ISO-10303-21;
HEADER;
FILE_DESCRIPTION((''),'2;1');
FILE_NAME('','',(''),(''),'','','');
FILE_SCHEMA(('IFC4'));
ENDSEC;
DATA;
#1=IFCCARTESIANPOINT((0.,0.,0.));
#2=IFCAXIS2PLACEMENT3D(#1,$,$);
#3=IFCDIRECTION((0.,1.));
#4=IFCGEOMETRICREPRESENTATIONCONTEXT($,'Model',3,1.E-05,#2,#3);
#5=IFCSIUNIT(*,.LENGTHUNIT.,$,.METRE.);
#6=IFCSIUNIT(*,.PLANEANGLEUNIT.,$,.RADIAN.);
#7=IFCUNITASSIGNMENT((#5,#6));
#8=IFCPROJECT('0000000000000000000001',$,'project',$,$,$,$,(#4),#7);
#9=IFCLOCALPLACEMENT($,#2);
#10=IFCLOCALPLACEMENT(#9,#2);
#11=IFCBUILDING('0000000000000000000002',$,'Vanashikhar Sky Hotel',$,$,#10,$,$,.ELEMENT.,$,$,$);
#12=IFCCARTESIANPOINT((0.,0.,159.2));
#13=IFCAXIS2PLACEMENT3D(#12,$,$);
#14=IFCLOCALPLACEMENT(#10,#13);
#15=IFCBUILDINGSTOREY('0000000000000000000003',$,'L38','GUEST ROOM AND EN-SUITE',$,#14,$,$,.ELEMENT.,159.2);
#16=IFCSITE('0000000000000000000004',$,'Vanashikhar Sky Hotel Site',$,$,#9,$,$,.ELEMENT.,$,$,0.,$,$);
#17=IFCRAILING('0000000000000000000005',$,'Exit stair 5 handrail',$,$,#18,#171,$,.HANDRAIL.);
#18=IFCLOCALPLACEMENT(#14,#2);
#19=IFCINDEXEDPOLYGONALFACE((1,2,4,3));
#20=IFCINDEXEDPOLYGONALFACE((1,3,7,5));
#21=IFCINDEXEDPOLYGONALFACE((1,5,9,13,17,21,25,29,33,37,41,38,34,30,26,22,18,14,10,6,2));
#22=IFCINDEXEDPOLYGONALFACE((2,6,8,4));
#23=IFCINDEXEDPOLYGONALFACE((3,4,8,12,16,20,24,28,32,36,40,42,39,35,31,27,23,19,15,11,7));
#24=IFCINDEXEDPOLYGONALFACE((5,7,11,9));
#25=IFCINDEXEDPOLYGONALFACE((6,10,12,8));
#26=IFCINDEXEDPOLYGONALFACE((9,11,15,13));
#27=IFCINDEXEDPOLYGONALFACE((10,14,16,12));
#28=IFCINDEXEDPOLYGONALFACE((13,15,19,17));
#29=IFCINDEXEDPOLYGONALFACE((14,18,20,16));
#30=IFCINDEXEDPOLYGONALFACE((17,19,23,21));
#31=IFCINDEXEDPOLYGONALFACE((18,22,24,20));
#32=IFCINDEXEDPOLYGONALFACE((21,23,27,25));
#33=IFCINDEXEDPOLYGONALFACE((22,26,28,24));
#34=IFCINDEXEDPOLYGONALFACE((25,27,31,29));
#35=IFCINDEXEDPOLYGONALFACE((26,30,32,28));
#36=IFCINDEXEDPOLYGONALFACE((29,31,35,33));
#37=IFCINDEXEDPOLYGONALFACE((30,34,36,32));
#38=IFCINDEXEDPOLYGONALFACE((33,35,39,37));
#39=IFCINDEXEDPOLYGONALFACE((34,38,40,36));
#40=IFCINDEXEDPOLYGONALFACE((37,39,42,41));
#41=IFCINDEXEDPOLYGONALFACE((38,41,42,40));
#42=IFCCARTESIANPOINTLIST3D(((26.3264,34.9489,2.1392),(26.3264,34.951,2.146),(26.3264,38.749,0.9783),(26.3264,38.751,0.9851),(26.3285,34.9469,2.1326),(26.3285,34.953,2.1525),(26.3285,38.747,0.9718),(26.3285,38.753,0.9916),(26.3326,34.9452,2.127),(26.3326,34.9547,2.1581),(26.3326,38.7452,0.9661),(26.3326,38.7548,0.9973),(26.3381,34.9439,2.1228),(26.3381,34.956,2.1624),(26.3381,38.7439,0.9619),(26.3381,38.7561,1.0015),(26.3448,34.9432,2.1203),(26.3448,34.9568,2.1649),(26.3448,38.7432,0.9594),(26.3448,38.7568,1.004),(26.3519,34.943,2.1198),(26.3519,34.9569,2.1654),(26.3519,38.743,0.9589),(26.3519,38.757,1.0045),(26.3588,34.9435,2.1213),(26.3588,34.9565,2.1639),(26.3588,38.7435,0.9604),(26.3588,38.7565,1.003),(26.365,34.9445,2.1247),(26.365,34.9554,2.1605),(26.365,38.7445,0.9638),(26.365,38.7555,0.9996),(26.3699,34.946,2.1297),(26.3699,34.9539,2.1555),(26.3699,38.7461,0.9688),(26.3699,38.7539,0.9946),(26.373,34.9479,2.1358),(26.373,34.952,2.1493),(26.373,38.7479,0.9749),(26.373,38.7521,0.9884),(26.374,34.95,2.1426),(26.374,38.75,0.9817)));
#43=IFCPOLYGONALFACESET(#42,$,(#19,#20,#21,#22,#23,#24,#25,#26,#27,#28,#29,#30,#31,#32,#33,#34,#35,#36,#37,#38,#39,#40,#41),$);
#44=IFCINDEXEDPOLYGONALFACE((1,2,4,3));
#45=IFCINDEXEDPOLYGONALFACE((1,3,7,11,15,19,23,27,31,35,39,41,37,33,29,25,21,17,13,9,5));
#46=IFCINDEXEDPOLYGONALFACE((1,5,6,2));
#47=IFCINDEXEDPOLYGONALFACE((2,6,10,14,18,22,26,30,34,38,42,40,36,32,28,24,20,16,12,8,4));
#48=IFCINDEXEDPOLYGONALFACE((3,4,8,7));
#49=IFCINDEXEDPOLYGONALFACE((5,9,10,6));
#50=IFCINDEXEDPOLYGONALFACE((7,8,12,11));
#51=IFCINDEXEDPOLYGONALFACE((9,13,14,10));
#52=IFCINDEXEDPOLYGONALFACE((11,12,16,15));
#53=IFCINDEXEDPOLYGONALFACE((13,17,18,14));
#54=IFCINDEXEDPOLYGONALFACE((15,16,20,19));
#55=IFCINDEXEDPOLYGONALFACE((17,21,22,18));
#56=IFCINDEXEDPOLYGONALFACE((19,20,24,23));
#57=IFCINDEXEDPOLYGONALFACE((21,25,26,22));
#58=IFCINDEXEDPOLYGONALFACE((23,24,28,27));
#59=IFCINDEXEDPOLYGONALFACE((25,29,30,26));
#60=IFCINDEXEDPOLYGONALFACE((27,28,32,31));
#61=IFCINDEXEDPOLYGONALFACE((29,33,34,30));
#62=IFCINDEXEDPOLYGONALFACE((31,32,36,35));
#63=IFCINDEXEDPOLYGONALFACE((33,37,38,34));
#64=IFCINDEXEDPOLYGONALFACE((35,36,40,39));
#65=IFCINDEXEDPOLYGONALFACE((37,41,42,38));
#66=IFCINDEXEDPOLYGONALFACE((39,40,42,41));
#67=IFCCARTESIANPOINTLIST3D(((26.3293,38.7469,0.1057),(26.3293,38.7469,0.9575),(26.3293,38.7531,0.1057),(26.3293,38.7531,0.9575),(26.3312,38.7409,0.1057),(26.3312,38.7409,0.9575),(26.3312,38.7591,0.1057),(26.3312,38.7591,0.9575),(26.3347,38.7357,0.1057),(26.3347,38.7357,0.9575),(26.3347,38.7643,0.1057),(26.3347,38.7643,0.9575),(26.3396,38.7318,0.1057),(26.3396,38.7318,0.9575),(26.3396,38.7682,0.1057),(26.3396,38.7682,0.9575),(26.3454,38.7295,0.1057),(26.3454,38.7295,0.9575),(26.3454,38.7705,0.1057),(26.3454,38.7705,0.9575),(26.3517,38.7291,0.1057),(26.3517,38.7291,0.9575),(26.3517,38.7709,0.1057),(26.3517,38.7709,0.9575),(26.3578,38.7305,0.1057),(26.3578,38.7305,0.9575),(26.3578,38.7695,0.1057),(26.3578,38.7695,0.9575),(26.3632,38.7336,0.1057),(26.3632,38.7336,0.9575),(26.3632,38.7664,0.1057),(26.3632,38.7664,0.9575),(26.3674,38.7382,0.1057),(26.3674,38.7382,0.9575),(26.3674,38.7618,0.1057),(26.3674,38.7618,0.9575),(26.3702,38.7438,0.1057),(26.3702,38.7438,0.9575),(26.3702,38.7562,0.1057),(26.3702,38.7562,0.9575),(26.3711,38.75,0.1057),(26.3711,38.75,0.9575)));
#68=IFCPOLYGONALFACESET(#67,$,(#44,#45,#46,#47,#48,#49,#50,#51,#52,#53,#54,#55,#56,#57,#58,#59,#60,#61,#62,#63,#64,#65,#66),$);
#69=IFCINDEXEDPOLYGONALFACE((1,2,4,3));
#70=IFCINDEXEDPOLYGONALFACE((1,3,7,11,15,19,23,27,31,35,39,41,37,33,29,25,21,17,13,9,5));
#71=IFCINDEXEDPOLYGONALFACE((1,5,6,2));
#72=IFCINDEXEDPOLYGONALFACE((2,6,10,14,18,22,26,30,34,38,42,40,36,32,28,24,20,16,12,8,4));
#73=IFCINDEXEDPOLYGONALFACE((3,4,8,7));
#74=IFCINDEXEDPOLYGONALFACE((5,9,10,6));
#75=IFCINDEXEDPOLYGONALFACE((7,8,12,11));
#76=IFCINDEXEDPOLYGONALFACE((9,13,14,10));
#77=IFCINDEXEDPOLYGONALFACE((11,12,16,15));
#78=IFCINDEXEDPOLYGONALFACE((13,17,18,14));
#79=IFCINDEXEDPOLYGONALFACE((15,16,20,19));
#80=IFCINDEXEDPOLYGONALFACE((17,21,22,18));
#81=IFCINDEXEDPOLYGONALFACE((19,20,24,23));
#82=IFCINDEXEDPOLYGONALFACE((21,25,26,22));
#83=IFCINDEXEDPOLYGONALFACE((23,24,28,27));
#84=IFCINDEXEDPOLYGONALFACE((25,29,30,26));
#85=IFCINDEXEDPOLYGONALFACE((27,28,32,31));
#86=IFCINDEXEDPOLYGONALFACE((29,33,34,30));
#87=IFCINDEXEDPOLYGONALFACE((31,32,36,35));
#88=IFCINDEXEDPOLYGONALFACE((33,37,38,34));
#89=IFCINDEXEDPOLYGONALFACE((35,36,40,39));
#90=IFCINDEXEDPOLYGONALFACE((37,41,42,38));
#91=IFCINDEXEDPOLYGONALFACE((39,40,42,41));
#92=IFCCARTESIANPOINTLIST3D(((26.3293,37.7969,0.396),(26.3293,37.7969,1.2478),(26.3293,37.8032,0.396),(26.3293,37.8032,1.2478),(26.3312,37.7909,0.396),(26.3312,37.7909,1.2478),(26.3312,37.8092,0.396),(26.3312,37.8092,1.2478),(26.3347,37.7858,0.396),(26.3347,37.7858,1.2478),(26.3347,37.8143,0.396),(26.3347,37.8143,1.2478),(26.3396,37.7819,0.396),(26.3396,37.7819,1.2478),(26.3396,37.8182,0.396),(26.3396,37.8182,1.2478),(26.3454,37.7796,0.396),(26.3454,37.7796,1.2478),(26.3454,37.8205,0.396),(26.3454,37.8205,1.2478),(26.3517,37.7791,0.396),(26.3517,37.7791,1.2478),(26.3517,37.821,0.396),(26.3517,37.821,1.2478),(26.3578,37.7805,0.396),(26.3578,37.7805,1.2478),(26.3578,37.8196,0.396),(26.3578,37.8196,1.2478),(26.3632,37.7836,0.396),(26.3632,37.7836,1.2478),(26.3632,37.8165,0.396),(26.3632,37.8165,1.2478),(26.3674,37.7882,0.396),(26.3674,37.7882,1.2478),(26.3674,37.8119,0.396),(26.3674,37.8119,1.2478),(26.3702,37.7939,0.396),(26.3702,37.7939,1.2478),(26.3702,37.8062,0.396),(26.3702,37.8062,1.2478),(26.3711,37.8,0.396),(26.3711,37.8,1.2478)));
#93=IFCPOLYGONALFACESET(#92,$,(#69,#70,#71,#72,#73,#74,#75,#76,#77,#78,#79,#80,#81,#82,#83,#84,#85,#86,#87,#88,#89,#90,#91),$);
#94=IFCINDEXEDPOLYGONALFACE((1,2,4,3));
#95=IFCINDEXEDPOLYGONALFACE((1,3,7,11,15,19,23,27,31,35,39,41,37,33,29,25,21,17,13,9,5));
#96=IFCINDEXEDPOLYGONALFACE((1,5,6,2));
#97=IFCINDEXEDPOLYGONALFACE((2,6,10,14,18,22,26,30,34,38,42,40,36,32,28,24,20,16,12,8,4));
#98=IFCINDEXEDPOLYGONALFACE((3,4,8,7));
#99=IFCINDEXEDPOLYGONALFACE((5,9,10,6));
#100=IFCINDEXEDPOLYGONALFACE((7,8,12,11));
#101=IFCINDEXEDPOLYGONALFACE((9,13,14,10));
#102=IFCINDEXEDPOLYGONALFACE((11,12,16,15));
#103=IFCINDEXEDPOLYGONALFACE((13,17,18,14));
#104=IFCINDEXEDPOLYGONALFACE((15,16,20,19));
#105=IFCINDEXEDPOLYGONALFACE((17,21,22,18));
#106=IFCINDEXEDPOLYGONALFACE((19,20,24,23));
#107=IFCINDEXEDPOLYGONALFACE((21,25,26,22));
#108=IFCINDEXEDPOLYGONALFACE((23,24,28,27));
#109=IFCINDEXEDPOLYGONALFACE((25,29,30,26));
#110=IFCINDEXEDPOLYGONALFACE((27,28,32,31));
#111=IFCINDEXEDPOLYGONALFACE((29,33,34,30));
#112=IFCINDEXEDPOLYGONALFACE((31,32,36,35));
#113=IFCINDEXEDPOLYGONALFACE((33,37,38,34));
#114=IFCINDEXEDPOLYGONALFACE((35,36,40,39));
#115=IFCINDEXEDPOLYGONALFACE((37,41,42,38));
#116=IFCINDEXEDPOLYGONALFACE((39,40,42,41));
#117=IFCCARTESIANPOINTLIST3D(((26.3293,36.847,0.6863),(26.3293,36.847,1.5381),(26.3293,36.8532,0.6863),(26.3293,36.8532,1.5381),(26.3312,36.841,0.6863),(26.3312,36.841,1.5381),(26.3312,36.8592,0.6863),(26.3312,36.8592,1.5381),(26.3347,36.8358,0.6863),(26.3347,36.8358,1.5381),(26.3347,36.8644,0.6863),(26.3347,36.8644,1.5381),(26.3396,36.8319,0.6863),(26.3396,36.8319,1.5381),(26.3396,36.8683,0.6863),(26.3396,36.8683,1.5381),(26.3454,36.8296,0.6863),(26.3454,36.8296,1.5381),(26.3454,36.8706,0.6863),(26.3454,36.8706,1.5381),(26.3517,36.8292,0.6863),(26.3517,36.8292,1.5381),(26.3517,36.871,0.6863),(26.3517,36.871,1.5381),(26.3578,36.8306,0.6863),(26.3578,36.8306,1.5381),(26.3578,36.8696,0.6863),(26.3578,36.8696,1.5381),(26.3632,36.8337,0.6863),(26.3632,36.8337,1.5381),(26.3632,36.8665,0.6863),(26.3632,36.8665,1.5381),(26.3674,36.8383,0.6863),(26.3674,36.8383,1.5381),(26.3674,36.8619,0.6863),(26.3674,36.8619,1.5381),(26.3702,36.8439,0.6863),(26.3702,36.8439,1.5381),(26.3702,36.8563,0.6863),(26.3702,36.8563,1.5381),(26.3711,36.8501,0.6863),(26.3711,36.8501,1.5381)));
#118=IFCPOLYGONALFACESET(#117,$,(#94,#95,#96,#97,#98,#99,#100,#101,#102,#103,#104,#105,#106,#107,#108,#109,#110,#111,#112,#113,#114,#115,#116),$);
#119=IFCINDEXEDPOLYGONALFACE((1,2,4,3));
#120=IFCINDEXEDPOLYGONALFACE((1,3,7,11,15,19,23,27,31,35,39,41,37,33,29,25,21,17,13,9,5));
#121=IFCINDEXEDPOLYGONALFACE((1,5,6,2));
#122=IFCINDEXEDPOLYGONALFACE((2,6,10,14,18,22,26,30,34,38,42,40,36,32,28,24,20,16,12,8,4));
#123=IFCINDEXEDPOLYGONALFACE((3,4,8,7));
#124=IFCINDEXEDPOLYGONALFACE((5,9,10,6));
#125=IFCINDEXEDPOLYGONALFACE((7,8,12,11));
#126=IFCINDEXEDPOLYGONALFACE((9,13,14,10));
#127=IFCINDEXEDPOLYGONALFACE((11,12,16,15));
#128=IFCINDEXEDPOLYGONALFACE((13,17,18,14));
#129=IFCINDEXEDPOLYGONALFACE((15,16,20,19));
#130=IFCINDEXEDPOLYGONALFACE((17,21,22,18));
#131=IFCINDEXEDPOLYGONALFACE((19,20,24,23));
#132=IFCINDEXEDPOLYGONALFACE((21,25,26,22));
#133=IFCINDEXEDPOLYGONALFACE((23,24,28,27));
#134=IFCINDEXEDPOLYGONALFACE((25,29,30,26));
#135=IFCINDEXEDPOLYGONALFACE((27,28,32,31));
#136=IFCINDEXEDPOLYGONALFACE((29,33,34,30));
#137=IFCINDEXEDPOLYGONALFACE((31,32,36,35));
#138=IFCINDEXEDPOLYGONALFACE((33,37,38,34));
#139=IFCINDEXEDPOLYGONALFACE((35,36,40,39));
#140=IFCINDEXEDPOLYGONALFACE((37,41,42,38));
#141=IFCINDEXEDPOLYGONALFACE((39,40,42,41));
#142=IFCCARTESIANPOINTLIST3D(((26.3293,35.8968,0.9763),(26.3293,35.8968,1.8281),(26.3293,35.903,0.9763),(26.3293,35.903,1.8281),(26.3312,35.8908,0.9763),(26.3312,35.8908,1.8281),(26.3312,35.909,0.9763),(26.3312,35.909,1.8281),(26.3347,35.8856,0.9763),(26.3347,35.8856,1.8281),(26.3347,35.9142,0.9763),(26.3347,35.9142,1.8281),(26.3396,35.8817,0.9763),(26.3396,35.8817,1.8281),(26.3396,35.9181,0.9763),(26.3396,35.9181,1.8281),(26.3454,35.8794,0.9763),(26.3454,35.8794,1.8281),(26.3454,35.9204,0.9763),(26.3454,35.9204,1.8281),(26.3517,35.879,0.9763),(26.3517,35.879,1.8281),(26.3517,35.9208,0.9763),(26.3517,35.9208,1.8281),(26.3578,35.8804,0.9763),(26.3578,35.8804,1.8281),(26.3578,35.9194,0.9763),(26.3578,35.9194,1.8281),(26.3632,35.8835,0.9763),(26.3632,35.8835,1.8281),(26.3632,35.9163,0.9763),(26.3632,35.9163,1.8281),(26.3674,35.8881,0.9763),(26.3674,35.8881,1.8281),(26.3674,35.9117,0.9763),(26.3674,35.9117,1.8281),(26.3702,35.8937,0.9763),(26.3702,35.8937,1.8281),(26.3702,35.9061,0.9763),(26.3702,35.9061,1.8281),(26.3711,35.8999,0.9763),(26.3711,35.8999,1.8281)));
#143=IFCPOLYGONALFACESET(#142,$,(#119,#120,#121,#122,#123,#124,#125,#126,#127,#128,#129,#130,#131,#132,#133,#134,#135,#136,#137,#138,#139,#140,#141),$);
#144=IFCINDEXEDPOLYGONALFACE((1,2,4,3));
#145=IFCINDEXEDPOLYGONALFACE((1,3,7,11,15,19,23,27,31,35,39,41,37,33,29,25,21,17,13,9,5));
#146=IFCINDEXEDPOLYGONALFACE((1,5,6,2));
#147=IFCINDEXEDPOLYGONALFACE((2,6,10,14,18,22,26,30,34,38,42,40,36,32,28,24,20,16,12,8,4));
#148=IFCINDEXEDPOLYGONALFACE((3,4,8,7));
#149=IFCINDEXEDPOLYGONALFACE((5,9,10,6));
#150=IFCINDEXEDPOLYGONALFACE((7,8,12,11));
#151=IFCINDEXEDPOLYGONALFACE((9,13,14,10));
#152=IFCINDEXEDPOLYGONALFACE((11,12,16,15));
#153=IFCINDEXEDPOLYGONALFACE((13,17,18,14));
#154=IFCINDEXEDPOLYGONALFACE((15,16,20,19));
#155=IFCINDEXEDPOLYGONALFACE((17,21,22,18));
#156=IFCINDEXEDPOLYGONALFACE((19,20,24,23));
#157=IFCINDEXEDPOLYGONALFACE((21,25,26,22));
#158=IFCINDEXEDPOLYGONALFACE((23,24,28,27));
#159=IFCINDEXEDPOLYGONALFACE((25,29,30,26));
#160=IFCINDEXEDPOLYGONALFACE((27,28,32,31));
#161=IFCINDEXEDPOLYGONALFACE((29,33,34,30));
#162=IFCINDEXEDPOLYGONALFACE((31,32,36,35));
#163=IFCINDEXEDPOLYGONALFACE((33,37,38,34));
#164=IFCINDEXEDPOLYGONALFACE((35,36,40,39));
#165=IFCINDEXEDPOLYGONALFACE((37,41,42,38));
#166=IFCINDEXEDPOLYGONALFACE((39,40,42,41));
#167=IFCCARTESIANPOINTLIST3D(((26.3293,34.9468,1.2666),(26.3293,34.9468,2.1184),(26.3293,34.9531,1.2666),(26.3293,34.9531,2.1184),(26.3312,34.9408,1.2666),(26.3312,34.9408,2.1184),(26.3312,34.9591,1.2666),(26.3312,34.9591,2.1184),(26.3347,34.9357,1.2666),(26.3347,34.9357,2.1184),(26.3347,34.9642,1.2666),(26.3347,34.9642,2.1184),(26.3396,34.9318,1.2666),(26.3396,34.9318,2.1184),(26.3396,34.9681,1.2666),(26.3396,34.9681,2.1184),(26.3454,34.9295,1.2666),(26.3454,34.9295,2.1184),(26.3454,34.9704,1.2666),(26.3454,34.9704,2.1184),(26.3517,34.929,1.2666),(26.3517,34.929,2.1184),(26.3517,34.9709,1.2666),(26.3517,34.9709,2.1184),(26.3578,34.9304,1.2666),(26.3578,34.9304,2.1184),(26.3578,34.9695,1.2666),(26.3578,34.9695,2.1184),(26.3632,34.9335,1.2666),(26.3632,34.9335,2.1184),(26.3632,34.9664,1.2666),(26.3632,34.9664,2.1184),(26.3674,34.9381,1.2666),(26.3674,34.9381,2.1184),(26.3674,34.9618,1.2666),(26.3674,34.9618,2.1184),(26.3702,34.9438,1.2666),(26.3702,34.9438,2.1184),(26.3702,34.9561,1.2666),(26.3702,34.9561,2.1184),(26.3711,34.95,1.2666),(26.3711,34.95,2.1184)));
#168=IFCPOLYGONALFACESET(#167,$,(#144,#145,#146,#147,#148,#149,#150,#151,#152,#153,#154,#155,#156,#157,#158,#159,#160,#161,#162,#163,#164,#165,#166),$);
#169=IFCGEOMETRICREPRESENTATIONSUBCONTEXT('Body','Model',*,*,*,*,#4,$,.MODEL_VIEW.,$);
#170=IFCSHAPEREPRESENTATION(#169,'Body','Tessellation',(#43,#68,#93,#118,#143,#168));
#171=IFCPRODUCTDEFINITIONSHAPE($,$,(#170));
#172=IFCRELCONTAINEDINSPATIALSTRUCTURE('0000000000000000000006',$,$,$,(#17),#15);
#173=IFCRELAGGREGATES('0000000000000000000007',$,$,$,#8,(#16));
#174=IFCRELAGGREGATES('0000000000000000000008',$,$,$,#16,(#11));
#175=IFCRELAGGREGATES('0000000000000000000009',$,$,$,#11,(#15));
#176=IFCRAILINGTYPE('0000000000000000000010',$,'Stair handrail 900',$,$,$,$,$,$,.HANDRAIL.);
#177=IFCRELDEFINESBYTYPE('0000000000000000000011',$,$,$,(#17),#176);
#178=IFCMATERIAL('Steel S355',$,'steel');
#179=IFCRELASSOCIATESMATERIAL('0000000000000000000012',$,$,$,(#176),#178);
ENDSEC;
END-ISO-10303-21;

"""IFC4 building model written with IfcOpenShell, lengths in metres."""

from ifc_helpers import new_model, si_unit, direction, frame, origin, origin_2d, place, context, subcontext, project, spatial, circle, extrude, source, transform, mapped, material, type_object, element, save


model = new_model("IFC4")

# Units and contexts
model_context = context("Model", 3, precision=1e-05, world=origin(), true_north=direction((0.0, 1.0)))
body_context = subcontext(model_context, "Body", "Model", "MODEL_VIEW")
ifc_project = project(units=[si_unit("LENGTHUNIT", "METRE"), si_unit("PLANEANGLEUNIT", "RADIAN")], contexts=[model_context])

# Site, building, storey
site_placement = place(None, origin())
site = spatial("IfcSite", under=ifc_project, at=site_placement, Name="Vanashikhar Sky Hotel Site", CompositionType="ELEMENT", RefElevation=0.0)
building_placement = place(site_placement, origin())
building = spatial("IfcBuilding", under=site, at=building_placement, Name="Vanashikhar Sky Hotel", CompositionType="ELEMENT")
storey_placement = place(building_placement, frame((0.0, 0.0, 159.2)))
storey = spatial("IfcBuildingStorey", under=building, at=storey_placement, Name="L38", Description="GUEST ROOM AND EN-SUITE", CompositionType="ELEMENT", Elevation=159.2)

# Railing
ifc_material_1 = material(Name="Steel S355", Category="steel")
railing_type_1 = type_object("IfcRailingType", Name="Stair handrail 900", PredefinedType="HANDRAIL", material=ifc_material_1)
shared_shape_1 = source(origin(), body_context, "Body", "SweptSolid", [
    extrude(circle(Radius=0.0239, at=origin_2d()), frame((0.0, 0.0, 0.876), z_axis=(0.0, -0.956368, 0.292164), x_axis=(1.0, 0.0, 0.0)), (0.0, 0.0, 1.0), 3.9734),
    extrude(circle(Radius=0.021, at=origin_2d()), origin(), (0.0, 0.0, 1.0), 0.8518),
    extrude(circle(Radius=0.021, at=origin_2d()), frame((0.0, -0.95, 0.2903)), (0.0, 0.0, 1.0), 0.8518),
    extrude(circle(Radius=0.021, at=origin_2d()), frame((0.0, -1.8999, 0.5806)), (0.0, 0.0, 1.0), 0.8518),
    extrude(circle(Radius=0.021, at=origin_2d()), frame((0.0, -2.8501, 0.8706)), (0.0, 0.0, 1.0), 0.8518),
    extrude(circle(Radius=0.021, at=origin_2d()), frame((0.0, -3.8, 1.1609)), (0.0, 0.0, 1.0), 0.8518),
])
railing_1_placement = place(storey_placement, frame((26.3501, 38.75, 0.1057)))
element("IfcRailing", 1, at=railing_1_placement, inside=storey, type_object=railing_type_1, Name="Exit stair 5 handrail", PredefinedType="HANDRAIL", context=body_context, shape_type="MappedRepresentation", body=[
    mapped(shared_shape_1, transform((0.0, 0.0, 0.0), scale=1.0)),
])

save(model, "model.ifc")
